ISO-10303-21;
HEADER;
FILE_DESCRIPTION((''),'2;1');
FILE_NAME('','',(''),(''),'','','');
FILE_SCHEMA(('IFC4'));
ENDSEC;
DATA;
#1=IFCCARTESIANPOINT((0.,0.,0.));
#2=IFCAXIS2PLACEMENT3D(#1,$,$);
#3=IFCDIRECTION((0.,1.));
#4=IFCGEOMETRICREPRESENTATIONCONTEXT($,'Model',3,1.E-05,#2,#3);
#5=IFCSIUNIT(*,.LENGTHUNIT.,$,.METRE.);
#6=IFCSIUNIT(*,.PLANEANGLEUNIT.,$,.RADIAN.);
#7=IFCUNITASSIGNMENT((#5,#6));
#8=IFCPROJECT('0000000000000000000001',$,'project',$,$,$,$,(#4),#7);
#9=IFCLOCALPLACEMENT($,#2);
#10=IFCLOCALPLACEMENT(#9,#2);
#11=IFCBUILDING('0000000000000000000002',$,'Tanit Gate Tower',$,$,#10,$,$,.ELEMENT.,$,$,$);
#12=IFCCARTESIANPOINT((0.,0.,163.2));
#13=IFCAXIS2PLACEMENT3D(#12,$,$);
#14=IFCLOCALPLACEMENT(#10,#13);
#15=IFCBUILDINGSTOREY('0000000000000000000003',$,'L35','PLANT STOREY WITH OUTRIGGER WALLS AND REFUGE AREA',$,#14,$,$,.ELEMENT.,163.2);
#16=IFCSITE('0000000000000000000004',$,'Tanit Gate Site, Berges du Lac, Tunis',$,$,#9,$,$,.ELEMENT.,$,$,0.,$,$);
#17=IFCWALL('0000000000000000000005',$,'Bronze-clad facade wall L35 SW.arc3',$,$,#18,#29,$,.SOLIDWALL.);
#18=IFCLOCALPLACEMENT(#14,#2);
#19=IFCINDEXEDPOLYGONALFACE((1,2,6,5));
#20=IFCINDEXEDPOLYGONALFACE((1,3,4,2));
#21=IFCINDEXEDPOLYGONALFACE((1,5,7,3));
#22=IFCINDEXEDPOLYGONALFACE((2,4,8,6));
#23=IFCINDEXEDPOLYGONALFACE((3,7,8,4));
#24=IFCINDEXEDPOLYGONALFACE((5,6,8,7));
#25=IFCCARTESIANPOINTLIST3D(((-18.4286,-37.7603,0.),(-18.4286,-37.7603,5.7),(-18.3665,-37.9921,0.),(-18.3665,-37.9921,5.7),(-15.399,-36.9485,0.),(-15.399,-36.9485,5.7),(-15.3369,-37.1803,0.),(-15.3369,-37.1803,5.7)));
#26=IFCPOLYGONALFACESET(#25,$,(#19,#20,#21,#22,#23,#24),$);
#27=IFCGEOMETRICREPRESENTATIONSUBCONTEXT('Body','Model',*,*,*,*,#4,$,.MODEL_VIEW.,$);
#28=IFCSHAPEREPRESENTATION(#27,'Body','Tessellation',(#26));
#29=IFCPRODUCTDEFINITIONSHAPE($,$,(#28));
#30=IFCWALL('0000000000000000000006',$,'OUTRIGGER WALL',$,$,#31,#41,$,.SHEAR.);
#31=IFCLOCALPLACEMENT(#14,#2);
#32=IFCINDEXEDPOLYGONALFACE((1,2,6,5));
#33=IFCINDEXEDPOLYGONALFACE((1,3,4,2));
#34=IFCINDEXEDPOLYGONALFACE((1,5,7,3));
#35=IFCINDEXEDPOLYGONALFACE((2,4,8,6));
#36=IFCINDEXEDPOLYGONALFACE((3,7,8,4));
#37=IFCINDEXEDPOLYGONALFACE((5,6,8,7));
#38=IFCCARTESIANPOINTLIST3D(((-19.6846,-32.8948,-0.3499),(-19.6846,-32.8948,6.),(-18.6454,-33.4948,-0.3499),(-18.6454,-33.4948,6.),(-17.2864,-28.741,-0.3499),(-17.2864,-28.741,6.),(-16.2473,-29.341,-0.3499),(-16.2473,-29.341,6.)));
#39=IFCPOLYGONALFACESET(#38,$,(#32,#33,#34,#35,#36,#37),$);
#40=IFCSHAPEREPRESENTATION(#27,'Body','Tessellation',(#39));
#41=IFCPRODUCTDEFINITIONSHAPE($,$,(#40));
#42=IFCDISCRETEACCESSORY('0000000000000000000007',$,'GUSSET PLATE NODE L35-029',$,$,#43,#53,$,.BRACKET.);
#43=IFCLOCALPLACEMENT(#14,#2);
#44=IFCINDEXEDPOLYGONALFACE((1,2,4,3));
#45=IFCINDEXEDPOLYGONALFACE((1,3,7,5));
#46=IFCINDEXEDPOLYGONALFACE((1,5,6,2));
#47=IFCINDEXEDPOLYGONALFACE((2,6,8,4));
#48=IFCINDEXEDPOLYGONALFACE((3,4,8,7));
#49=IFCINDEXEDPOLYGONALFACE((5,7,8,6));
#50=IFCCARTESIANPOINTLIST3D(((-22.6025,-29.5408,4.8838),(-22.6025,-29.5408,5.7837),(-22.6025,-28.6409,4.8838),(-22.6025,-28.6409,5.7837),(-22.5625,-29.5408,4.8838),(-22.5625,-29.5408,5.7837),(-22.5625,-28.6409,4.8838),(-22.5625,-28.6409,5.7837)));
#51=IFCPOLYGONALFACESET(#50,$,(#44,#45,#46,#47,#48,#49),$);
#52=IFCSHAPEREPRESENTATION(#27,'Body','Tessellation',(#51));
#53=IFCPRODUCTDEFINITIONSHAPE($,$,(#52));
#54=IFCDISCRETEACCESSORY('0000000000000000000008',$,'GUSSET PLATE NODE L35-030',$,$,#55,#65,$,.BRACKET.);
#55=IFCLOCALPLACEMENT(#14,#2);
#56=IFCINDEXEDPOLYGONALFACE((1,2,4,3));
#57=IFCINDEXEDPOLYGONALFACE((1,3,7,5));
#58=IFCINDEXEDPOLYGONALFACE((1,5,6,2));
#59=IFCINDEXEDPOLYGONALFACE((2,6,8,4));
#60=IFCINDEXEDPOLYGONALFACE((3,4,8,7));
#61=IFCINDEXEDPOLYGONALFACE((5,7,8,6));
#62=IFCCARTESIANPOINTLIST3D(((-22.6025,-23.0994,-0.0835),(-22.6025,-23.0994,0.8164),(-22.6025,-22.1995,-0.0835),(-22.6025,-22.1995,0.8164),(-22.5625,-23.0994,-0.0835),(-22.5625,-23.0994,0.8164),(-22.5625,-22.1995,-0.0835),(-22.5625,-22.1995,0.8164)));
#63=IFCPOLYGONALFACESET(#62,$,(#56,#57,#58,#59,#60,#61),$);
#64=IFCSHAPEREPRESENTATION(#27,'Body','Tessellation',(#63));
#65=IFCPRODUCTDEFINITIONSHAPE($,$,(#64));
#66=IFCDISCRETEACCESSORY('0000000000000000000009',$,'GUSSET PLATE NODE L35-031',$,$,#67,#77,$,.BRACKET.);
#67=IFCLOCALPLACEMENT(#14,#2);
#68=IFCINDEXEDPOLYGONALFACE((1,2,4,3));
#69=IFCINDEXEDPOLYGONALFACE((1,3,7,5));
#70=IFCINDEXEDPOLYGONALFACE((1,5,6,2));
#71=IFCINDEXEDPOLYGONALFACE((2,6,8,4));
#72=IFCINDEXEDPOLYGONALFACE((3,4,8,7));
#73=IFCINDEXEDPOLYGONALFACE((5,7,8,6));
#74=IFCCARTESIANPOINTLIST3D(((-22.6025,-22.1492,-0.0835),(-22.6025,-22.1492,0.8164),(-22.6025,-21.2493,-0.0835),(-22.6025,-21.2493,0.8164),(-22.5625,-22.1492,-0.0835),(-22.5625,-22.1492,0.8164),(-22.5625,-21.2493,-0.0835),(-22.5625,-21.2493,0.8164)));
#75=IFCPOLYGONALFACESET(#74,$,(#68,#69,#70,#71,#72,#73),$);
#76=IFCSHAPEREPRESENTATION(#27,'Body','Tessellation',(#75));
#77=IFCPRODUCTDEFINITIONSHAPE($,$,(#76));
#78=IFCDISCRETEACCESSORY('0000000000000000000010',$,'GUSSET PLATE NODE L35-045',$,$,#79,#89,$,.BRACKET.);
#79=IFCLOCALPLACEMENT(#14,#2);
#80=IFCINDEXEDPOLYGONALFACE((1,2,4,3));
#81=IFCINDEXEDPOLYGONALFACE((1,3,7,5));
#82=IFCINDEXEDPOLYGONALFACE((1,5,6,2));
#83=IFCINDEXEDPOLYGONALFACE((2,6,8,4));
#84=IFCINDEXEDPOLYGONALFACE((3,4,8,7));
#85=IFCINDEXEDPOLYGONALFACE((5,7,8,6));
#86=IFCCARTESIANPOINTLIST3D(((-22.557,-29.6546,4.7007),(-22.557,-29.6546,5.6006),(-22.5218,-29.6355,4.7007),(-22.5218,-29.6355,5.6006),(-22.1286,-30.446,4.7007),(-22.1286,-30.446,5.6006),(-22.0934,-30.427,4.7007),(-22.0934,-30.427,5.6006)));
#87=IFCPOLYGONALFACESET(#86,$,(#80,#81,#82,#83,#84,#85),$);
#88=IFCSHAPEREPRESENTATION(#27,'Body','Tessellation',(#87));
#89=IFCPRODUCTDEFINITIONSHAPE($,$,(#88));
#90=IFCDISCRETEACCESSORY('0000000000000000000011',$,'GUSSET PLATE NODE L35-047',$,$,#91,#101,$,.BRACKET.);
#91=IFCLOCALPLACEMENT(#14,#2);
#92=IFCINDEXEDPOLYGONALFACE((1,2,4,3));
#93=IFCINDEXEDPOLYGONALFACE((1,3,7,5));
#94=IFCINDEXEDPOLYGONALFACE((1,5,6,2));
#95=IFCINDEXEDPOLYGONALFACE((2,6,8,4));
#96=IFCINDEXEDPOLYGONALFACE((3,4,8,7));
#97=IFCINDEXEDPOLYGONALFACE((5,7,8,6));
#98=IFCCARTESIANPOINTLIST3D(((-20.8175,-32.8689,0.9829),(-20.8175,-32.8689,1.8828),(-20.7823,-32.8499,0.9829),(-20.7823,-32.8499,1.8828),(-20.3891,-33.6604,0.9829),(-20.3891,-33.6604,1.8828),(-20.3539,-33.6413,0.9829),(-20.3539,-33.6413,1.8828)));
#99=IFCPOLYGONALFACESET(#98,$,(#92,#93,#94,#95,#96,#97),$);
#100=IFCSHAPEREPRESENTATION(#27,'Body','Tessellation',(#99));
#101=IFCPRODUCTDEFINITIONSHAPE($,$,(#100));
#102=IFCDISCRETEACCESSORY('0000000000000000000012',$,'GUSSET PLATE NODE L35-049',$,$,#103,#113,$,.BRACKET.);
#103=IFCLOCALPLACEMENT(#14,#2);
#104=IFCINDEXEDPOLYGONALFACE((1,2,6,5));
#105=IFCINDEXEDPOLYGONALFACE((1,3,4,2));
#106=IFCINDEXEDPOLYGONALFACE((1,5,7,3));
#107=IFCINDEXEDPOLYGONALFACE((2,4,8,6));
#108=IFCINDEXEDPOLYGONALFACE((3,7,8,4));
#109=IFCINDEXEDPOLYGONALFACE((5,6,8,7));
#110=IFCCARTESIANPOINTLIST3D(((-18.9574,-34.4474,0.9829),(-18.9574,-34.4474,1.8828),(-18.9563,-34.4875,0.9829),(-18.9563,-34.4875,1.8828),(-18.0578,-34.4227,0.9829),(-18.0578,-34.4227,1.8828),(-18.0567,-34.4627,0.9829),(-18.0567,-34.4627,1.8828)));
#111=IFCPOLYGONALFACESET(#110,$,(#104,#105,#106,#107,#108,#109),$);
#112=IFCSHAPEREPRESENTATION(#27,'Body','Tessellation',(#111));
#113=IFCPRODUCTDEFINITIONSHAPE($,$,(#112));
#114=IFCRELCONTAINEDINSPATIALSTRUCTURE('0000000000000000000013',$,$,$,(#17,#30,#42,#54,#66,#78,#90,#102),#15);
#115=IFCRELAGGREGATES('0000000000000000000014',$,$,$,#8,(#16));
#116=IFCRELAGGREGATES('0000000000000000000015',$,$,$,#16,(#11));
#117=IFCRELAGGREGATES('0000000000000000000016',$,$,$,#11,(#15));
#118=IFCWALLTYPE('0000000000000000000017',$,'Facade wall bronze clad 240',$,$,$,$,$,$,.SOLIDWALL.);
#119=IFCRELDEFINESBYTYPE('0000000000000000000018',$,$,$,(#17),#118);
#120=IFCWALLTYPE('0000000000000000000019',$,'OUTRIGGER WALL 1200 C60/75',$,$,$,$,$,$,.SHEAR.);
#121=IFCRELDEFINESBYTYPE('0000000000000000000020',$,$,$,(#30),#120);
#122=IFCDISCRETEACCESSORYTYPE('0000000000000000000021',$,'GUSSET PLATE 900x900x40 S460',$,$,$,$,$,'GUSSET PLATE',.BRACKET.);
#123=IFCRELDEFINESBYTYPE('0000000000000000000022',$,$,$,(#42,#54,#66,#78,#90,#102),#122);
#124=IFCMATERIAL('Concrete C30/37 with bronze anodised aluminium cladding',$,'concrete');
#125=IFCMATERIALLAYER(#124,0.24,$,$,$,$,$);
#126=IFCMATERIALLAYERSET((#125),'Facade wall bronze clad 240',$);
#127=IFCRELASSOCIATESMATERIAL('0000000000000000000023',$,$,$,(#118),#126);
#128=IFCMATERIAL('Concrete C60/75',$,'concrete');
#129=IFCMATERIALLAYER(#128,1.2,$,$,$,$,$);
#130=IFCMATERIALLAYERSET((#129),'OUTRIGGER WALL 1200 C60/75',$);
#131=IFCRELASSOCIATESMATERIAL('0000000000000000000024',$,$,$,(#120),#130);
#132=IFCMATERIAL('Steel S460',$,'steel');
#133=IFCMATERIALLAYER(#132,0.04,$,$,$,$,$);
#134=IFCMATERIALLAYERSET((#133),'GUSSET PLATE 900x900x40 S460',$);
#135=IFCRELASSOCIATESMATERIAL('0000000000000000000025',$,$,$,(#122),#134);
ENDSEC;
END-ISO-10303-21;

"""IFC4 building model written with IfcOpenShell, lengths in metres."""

from ifc_helpers import new_model, si_unit, direction, frame, frame_2d, origin, origin_2d, place, context, subcontext, project, spatial, rectangle, extrude, material, layer, layer_set, type_object, element, save


model = new_model("IFC4")

# Units and contexts
model_context = context("Model", 3, precision=1e-05, world=origin(), true_north=direction((0.0, 1.0)))
body_context = subcontext(model_context, "Body", "Model", "MODEL_VIEW")
ifc_project = project(units=[si_unit("LENGTHUNIT", "METRE"), si_unit("PLANEANGLEUNIT", "RADIAN")], contexts=[model_context])

# Site, building, storey
site_placement = place(None, origin())
site = spatial("IfcSite", under=ifc_project, at=site_placement, Name="Tanit Gate Site, Berges du Lac, Tunis", CompositionType="ELEMENT", RefElevation=0.0)
building_placement = place(site_placement, origin())
building = spatial("IfcBuilding", under=site, at=building_placement, Name="Tanit Gate Tower", CompositionType="ELEMENT")
storey_placement = place(building_placement, frame((0.0, 0.0, 163.2)))
storey = spatial("IfcBuildingStorey", under=building, at=storey_placement, Name="L35", Description="PLANT STOREY WITH OUTRIGGER WALLS AND REFUGE AREA", CompositionType="ELEMENT", Elevation=163.2)

# Walls
ifc_material_1 = material(Name="Concrete C30/37 with bronze anodised aluminium cladding", Category="concrete")
ifc_layer_1 = layer(ifc_material_1, 0.24)
ifc_layer_set_1 = layer_set([ifc_layer_1], Name="Facade wall bronze clad 240")
wall_type_1 = type_object("IfcWallType", Name="Facade wall bronze clad 240", PredefinedType="SOLIDWALL", material=ifc_layer_set_1)
wall_1_placement = place(storey_placement, frame((-18.3977, -37.8762, 0.0), z_axis=(0.0, 0.0, 1.0), x_axis=(0.965925, 0.25882, 0.0)))
element("IfcWall", 1, at=wall_1_placement, inside=storey, type_object=wall_type_1, Name="Bronze-clad facade wall L35 SW.arc3", PredefinedType="SOLIDWALL", context=body_context, shape_type="SweptSolid", body=[
    extrude(rectangle(XDim=3.1365, YDim=0.24, at=frame_2d((1.5684, 0.0))), origin(), (0.0, 0.0, 1.0), 5.7),
])
ifc_material_2 = material(Name="Concrete C60/75", Category="concrete")
ifc_layer_2 = layer(ifc_material_2, 1.2)
ifc_layer_set_2 = layer_set([ifc_layer_2], Name="OUTRIGGER WALL 1200 C60/75")
wall_type_2 = type_object("IfcWallType", Name="OUTRIGGER WALL 1200 C60/75", PredefinedType="SHEAR", material=ifc_layer_set_2)
wall_2_placement = place(storey_placement, frame((-16.7668, -29.041, -0.3499), z_axis=(0.0, 0.0, 1.0), x_axis=(-0.499999, -0.866026, 0.0)))
element("IfcWall", 2, at=wall_2_placement, inside=storey, type_object=wall_type_2, Name="OUTRIGGER WALL", PredefinedType="SHEAR", context=body_context, shape_type="SweptSolid", body=[
    extrude(rectangle(XDim=4.7964, YDim=1.2, at=frame_2d((2.3982, 0.0))), origin(), (0.0, 0.0, 1.0), 6.3499),
])

# Discrete accessories
ifc_material_3 = material(Name="Steel S460", Category="steel")
ifc_layer_3 = layer(ifc_material_3, 0.04)
ifc_layer_set_3 = layer_set([ifc_layer_3], Name="GUSSET PLATE 900x900x40 S460")
discrete_accessory_type = type_object("IfcDiscreteAccessoryType", Name="GUSSET PLATE 900x900x40 S460", ElementType="GUSSET PLATE", PredefinedType="BRACKET", material=ifc_layer_set_3)
for number, where, z_axis, x_axis, name in (
    (3, (-22.5825, -29.0908, 4.8838), (0.0, 0.0, 1.0), (0.0, 1.0, 0.0), "GUSSET PLATE NODE L35-029"),
    (4, (-22.5825, -22.6494, -0.0835), (0.0, 0.0, 1.0), (0.0, -1.0, 0.0), "GUSSET PLATE NODE L35-030"),
    (5, (-22.5825, -21.6992, -0.0835), (0.0, 0.0, 1.0), (0.0, 1.0, 0.0), "GUSSET PLATE NODE L35-031"),
    (6, (-22.3252, -30.0408, 4.7007), (0.0, 0.0, 1.0), (0.475993, -0.879449, 0.0), "GUSSET PLATE NODE L35-045"),
    (7, (-20.5857, -33.2551, 0.9829), (0.0, 0.0, 1.0), (-0.475993, 0.879449, 0.0), "GUSSET PLATE NODE L35-047"),
    (8, (-18.5071, -34.4551, 0.9829), (0.0, 0.0, 1.0), (0.999622, 0.027485, 0.0), "GUSSET PLATE NODE L35-049"),
):
    element("IfcDiscreteAccessory", number, at=place(storey_placement, frame(where, z_axis=z_axis, x_axis=x_axis)), inside=storey, type_object=discrete_accessory_type, Name=name, PredefinedType="BRACKET", context=body_context, shape_type="SweptSolid", body=[
        extrude(rectangle(XDim=0.8999, YDim=0.04, at=origin_2d()), origin(), (0.0, 0.0, 1.0), 0.8999),
    ])

save(model, "model.ifc")
